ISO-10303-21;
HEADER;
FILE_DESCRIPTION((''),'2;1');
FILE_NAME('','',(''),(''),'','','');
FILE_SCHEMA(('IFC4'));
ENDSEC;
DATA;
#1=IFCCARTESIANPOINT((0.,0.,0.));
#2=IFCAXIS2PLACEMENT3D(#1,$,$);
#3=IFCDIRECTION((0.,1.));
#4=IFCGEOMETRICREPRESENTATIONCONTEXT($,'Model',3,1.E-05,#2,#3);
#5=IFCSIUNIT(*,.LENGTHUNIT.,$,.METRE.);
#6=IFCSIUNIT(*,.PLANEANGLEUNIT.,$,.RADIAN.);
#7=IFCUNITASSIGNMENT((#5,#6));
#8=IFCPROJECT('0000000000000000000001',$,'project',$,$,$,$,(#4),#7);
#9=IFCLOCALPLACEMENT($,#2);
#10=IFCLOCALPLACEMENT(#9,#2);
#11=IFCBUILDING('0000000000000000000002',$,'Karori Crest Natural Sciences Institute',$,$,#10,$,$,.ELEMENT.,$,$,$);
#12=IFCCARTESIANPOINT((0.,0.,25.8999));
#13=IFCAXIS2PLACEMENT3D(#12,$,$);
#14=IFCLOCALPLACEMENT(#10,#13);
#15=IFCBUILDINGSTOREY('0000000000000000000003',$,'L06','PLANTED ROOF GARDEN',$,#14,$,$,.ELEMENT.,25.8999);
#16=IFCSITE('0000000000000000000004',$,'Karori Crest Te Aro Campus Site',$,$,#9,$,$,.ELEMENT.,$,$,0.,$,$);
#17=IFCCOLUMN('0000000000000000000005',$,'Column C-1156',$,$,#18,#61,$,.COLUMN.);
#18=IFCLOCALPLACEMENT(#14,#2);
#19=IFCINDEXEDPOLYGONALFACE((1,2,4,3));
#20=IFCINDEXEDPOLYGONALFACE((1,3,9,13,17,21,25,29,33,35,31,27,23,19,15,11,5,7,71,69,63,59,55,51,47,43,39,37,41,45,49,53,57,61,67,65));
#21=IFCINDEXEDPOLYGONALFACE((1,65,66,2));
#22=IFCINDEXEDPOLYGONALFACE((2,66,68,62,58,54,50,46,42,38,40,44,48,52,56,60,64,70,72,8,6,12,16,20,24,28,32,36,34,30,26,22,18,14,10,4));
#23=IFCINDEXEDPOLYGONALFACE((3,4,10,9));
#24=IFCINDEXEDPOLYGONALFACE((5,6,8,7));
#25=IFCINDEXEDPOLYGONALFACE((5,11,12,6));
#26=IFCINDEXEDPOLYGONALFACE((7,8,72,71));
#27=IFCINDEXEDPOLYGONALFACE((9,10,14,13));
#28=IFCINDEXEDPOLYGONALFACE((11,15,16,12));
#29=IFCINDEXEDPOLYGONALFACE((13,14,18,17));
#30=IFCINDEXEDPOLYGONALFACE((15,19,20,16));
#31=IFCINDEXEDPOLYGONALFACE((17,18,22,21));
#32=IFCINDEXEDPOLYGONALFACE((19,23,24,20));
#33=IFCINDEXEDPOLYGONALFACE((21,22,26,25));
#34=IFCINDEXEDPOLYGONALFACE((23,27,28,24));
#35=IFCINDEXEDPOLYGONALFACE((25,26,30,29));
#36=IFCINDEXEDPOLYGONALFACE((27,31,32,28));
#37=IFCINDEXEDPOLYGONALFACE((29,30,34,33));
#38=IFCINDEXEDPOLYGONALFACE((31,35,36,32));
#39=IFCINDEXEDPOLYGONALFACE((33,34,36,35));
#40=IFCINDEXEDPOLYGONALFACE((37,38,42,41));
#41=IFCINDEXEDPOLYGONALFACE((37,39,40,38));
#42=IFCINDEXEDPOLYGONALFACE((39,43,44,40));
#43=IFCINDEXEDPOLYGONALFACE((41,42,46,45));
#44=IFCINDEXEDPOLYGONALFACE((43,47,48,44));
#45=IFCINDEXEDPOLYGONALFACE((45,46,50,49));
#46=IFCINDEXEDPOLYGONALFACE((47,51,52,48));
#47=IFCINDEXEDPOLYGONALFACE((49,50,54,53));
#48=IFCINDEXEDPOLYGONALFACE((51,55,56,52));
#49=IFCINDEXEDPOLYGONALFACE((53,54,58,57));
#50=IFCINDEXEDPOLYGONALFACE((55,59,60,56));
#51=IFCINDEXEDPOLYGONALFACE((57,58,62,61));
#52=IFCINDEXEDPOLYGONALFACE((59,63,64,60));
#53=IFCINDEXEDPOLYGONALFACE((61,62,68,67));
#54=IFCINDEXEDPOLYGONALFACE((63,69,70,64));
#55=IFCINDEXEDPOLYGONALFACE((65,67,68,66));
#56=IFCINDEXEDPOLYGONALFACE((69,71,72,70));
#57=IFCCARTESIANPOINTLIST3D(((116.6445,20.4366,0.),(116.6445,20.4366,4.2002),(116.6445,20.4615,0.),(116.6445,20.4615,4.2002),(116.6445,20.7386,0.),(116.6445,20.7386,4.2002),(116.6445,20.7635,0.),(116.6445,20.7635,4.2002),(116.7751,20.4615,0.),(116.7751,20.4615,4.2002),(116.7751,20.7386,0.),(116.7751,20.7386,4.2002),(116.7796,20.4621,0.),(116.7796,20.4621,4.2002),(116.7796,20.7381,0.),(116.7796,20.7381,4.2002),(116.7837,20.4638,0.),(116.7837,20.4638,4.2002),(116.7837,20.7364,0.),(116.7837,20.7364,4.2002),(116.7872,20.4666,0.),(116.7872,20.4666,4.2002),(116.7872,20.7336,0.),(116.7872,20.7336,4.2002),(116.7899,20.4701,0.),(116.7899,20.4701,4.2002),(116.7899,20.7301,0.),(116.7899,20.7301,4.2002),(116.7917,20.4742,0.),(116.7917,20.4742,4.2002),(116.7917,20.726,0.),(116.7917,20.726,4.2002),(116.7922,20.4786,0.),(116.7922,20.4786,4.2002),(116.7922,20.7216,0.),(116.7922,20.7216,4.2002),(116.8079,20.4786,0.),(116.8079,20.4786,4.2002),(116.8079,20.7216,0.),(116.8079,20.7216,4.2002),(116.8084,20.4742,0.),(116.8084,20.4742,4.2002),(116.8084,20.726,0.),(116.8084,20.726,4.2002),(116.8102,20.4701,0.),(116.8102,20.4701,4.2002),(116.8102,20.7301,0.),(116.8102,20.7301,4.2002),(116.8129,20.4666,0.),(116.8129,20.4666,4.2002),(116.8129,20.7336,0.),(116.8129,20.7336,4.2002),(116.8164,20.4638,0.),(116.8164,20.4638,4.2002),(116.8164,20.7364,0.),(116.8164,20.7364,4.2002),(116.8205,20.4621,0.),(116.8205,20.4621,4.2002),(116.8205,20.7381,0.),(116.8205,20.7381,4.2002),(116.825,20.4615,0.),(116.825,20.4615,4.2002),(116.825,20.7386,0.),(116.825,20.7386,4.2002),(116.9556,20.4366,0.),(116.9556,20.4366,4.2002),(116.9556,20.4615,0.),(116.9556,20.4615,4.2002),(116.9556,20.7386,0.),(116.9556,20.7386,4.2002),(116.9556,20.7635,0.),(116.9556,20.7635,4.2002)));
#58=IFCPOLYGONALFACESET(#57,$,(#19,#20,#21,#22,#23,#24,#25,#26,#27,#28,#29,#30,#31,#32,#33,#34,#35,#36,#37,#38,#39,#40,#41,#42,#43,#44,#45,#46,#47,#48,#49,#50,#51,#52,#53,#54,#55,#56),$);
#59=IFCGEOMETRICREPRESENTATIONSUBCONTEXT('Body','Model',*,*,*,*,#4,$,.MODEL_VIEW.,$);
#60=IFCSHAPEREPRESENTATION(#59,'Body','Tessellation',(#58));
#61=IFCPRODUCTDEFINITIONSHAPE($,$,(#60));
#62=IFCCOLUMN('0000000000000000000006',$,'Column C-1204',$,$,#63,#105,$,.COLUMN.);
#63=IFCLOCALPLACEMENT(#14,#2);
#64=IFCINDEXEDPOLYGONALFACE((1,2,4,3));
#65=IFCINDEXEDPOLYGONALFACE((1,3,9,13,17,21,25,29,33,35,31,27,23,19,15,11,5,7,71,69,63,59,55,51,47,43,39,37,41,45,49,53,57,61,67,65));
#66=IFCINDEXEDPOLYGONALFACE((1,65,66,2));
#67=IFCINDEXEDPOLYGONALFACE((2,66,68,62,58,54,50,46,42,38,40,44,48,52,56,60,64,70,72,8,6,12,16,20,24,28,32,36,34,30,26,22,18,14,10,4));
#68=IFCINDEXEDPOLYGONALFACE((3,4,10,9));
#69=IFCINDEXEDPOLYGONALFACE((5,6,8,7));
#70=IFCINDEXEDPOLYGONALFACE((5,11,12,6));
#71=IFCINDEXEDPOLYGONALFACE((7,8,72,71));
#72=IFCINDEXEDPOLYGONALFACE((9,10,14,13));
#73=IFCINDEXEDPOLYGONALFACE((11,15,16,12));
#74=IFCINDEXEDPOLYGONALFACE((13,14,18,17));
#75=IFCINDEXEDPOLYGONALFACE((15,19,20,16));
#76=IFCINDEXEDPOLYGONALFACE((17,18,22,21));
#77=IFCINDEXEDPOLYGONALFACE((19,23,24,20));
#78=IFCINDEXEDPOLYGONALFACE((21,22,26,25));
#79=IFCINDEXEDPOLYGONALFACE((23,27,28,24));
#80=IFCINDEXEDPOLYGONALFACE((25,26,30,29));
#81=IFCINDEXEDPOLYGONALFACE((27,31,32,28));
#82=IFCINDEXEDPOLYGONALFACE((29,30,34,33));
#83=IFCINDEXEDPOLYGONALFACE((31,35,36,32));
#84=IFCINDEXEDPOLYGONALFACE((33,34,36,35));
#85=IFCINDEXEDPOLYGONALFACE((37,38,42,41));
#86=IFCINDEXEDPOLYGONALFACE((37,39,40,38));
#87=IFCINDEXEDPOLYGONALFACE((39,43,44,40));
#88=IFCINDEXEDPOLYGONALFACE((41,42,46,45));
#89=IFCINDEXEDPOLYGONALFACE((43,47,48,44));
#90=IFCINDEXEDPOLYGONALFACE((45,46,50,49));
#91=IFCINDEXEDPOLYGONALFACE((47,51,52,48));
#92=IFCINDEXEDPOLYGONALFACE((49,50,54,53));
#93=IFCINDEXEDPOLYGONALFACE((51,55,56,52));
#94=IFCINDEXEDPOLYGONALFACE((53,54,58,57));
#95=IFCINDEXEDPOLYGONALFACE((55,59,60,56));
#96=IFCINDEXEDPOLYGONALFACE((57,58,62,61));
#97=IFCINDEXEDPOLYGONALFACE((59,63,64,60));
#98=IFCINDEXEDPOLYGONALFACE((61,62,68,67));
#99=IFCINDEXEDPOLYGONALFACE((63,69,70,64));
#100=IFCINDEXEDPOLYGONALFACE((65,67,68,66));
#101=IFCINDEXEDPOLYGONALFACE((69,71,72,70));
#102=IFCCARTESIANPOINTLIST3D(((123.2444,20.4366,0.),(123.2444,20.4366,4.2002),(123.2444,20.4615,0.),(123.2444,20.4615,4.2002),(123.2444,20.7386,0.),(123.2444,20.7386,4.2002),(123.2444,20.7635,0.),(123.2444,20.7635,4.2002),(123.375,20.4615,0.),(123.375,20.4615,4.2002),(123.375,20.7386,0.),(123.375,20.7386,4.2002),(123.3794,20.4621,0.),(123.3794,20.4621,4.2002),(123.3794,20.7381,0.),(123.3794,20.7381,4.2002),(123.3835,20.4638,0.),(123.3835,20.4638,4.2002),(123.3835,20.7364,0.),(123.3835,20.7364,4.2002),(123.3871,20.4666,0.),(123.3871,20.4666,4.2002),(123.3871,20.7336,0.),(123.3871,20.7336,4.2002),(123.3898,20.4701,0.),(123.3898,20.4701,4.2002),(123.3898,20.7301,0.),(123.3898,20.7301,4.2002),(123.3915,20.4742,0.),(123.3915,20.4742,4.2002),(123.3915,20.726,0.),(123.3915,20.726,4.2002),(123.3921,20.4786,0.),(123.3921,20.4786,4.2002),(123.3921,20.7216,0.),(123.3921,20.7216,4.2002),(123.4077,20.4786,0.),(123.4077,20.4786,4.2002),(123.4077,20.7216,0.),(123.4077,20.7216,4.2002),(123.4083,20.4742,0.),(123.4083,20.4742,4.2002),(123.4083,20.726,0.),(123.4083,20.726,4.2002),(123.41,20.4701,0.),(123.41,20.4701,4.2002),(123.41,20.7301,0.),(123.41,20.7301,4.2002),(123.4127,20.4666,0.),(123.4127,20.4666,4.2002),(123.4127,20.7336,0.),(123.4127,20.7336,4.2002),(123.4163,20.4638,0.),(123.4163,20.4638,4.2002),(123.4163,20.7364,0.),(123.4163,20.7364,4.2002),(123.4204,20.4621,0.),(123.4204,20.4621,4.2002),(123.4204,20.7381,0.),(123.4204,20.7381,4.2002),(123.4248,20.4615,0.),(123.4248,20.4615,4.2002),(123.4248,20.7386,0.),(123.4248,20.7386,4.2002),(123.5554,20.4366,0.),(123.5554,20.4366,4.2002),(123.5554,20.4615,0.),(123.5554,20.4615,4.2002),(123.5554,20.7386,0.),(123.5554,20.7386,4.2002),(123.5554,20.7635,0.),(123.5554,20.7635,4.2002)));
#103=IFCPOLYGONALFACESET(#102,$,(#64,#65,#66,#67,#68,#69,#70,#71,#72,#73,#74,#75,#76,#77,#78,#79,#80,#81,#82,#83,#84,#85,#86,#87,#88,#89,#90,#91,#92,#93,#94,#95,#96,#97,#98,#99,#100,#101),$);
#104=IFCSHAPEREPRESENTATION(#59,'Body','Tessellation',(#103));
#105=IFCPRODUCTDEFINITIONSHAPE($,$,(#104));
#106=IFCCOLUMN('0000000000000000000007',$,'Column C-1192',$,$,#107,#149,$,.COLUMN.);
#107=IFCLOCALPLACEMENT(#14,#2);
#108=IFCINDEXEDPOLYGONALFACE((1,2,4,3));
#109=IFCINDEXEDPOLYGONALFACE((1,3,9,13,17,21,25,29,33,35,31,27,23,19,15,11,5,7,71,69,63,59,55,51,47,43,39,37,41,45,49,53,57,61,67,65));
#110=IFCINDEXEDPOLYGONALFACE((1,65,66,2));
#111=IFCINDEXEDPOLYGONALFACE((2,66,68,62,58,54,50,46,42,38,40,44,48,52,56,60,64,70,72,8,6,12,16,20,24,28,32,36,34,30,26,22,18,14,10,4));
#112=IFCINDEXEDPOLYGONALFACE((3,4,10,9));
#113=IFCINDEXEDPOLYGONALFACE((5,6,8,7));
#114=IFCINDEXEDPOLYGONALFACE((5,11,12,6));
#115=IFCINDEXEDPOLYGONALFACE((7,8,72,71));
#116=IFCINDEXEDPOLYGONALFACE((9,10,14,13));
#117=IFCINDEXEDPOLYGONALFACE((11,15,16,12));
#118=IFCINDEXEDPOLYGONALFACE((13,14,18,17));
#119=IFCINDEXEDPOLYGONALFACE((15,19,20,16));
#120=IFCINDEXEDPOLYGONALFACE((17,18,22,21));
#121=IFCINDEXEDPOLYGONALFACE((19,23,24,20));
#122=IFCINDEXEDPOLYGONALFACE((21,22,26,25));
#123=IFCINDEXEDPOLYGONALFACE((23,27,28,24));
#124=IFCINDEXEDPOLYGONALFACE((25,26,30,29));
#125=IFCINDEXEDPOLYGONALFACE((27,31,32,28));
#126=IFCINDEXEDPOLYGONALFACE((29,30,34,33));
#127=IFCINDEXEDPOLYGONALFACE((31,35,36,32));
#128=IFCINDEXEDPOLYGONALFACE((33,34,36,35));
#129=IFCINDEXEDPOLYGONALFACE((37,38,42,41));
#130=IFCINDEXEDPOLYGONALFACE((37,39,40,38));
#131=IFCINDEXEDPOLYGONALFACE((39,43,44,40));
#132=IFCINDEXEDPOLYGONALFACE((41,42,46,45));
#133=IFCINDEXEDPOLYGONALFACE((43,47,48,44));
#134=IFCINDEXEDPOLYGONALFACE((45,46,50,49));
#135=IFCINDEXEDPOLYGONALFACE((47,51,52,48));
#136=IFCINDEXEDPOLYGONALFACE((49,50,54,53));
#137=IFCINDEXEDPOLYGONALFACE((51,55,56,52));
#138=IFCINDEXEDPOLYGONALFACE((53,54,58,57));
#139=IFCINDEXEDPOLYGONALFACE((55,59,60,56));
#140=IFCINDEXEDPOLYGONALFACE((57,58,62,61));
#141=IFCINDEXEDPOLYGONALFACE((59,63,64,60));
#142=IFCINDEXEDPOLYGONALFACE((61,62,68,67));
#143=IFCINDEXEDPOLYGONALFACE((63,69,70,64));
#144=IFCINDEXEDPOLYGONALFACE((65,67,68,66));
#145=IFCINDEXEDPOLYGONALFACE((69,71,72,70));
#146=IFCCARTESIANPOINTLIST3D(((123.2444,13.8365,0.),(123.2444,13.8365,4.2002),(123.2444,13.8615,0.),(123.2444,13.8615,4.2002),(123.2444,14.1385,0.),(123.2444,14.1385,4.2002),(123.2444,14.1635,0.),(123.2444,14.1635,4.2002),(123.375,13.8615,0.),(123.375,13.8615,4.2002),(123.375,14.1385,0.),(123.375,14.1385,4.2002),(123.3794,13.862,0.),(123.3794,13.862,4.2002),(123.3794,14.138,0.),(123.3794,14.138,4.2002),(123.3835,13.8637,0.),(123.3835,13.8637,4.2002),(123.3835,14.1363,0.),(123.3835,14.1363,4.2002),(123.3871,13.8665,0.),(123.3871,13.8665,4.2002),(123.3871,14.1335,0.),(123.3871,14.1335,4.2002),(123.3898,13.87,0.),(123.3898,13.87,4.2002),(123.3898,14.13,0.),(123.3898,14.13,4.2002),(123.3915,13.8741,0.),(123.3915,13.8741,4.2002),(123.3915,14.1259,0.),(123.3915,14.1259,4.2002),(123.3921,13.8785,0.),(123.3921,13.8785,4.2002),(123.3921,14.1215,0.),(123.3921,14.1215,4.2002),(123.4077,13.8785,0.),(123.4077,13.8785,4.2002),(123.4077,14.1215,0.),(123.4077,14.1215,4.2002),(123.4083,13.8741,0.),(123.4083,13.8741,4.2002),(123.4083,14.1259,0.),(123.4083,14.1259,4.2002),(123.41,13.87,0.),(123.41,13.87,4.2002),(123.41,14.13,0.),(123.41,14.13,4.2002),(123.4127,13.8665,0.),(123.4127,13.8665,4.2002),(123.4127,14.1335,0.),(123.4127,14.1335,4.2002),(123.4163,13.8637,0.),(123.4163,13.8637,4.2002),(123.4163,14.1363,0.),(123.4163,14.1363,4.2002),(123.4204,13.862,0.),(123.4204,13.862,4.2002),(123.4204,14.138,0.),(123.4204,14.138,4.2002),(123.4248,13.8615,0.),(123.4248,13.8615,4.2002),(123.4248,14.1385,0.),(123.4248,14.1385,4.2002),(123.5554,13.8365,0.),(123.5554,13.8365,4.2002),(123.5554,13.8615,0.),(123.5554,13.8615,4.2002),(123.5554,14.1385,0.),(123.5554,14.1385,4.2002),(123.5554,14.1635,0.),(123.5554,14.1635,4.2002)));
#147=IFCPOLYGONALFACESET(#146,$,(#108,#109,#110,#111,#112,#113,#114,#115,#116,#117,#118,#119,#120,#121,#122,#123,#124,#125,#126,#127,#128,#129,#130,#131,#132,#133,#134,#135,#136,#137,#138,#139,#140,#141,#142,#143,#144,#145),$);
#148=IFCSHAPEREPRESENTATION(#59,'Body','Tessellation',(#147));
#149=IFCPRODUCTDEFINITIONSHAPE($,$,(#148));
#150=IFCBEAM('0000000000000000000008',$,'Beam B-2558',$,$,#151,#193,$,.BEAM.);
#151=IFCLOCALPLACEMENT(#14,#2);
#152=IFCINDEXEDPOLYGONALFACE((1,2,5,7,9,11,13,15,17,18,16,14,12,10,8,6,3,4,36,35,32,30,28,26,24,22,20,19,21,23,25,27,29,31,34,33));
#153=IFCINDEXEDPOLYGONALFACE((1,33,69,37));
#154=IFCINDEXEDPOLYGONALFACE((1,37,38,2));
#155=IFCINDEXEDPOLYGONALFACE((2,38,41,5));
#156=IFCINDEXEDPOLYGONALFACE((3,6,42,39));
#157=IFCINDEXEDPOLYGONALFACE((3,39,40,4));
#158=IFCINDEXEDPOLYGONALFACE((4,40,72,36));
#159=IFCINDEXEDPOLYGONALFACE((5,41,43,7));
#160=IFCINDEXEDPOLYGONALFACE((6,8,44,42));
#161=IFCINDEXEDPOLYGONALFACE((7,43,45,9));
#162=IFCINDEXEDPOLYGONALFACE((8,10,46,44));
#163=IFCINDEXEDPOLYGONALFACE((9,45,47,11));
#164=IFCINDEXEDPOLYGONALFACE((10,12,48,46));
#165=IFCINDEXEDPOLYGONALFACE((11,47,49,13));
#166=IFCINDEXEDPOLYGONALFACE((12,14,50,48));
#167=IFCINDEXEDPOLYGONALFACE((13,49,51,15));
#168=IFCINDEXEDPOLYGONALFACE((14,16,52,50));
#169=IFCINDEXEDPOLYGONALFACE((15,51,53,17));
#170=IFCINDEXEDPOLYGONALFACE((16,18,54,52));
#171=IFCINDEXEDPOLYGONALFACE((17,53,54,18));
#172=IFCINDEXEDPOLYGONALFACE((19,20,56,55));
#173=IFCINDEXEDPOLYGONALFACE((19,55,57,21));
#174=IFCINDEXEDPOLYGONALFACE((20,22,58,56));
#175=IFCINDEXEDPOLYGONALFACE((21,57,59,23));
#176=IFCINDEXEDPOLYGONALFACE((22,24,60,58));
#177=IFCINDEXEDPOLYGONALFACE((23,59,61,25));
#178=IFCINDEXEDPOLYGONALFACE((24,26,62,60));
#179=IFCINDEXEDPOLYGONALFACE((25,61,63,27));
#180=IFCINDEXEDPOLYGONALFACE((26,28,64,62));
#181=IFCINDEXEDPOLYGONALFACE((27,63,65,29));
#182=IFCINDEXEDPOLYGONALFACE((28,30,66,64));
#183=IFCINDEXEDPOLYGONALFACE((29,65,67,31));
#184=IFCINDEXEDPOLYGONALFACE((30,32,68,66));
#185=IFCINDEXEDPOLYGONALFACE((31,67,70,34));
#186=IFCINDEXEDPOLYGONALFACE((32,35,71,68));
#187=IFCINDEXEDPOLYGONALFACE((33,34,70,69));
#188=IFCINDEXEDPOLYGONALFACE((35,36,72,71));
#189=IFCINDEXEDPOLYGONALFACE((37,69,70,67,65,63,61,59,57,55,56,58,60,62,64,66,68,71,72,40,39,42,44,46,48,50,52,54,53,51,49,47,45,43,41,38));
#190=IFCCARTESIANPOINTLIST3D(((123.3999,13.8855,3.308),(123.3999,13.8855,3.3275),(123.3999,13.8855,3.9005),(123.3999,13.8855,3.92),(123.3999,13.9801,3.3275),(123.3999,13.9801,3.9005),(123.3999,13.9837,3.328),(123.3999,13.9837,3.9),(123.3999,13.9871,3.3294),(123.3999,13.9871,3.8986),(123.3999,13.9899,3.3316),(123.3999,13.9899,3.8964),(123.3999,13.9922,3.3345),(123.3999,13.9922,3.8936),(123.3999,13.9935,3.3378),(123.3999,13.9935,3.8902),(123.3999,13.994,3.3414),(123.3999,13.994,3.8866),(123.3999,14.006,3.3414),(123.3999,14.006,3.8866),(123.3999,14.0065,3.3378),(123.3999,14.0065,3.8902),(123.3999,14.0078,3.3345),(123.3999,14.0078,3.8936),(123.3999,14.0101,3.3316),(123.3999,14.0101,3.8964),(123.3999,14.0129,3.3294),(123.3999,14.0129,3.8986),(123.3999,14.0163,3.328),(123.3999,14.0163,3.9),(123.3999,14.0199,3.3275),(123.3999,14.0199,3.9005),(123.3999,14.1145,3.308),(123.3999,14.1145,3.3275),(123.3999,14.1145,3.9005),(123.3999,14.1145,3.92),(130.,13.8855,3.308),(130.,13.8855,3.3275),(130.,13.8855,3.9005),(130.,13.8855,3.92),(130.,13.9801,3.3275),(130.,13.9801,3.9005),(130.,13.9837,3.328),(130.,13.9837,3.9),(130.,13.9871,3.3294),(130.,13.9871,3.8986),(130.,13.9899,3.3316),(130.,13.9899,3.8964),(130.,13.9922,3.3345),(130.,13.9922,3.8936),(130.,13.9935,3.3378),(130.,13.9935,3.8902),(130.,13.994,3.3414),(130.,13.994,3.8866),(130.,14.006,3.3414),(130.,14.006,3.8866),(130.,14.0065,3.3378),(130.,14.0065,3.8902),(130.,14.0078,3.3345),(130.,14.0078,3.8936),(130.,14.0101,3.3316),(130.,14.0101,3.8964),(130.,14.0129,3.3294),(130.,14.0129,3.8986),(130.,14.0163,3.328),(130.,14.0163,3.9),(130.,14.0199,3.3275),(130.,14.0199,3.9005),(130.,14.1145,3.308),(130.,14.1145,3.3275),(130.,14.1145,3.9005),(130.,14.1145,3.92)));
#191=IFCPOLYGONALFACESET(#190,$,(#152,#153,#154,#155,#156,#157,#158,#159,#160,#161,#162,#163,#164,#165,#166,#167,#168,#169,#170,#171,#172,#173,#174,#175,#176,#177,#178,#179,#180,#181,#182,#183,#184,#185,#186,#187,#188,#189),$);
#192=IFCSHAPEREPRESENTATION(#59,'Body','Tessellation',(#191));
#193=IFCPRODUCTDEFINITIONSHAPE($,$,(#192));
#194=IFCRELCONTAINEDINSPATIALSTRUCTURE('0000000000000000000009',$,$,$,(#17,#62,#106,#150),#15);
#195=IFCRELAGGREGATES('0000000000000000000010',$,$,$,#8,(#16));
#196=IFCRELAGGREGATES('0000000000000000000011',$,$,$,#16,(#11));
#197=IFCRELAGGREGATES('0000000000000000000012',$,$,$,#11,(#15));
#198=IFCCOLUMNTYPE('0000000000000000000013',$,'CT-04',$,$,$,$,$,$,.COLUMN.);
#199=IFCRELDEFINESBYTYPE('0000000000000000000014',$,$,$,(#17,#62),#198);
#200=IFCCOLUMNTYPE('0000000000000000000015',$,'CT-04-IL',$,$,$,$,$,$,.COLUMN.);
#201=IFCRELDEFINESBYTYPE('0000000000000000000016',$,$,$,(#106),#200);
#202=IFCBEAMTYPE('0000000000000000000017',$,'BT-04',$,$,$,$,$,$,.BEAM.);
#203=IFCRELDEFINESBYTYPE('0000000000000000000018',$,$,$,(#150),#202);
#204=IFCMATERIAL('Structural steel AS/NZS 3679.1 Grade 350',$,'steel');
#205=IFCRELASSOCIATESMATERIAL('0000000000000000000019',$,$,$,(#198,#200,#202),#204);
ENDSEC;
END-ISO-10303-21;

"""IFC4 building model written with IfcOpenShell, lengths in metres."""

from ifc_helpers import new_model, si_unit, direction, frame, origin, origin_2d, place, context, subcontext, project, spatial, i_section, extrude, material, material_profile, profile_set, type_object, element, save


model = new_model("IFC4")

# Units and contexts
model_context = context("Model", 3, precision=1e-05, world=origin(), true_north=direction((0.0, 1.0)))
body_context = subcontext(model_context, "Body", "Model", "MODEL_VIEW")
ifc_project = project(units=[si_unit("LENGTHUNIT", "METRE"), si_unit("PLANEANGLEUNIT", "RADIAN")], contexts=[model_context])

# Site, building, storey
site_placement = place(None, origin())
site = spatial("IfcSite", under=ifc_project, at=site_placement, Name="Karori Crest Te Aro Campus Site", CompositionType="ELEMENT", RefElevation=0.0)
building_placement = place(site_placement, origin())
building = spatial("IfcBuilding", under=site, at=building_placement, Name="Karori Crest Natural Sciences Institute", CompositionType="ELEMENT")
storey_placement = place(building_placement, frame((0.0, 0.0, 25.8999)))
storey = spatial("IfcBuildingStorey", under=building, at=storey_placement, Name="L06", Description="PLANTED ROOF GARDEN", CompositionType="ELEMENT", Elevation=25.8999)

# Columns
ifc_material_1 = material(Name="Structural steel AS/NZS 3679.1 Grade 350", Category="steel")
ifc_material_profile_1 = material_profile(ifc_material_1, i_section(OverallWidth=0.311, OverallDepth=0.3269, WebThickness=0.0156, FlangeThickness=0.0249, FilletRadius=0.0171, at=origin_2d()), Name="310UC158")
ifc_profile_set_1 = profile_set([ifc_material_profile_1], Name="Structural steel AS/NZS 3679.1 Grade 350")
column_type_1 = type_object("IfcColumnType", Name="CT-04", PredefinedType="COLUMN", material=ifc_profile_set_1)
for number, where, z_axis, x_axis, name in (
    (1, (116.8, 20.6001, 0.0), (0.0, 0.0, 1.0), (1.0, 0.0, 0.0), "Column C-1156"),
    (2, (123.3999, 20.6001, 0.0), (0.0, 0.0, 1.0), (1.0, 0.0, 0.0), "Column C-1204"),
):
    element("IfcColumn", number, at=place(storey_placement, frame(where, z_axis=z_axis, x_axis=x_axis)), inside=storey, type_object=column_type_1, Name=name, PredefinedType="COLUMN", context=body_context, shape_type="SweptSolid", body=[
        extrude(i_section(OverallWidth=0.311, OverallDepth=0.3269, WebThickness=0.0156, FlangeThickness=0.0249, FilletRadius=0.0171, at=origin_2d()), origin(), (0.0, 0.0, 1.0), 4.2002),
    ])
ifc_material_profile_2 = material_profile(ifc_material_1, i_section(OverallWidth=0.311, OverallDepth=0.3269, WebThickness=0.0156, FlangeThickness=0.0249, FilletRadius=0.0171, at=origin_2d()), Name="310UC158")
ifc_profile_set_2 = profile_set([ifc_material_profile_2], Name="Structural steel AS/NZS 3679.1 Grade 350")
column_type_2 = type_object("IfcColumnType", Name="CT-04-IL", PredefinedType="COLUMN", material=ifc_profile_set_2)
column_placement = place(storey_placement, frame((123.3999, 14.0, 0.0), z_axis=(0.0, 0.0, 1.0), x_axis=(1.0, 0.0, 0.0)))
element("IfcColumn", 3, at=column_placement, inside=storey, type_object=column_type_2, Name="Column C-1192", PredefinedType="COLUMN", context=body_context, shape_type="SweptSolid", body=[
    extrude(i_section(OverallWidth=0.311, OverallDepth=0.3269, WebThickness=0.0156, FlangeThickness=0.0249, FilletRadius=0.0171, at=origin_2d()), origin(), (0.0, 0.0, 1.0), 4.2002),
])

# Beam
ifc_material_profile_3 = material_profile(ifc_material_1, i_section(OverallWidth=0.229, OverallDepth=0.6121, WebThickness=0.012, FlangeThickness=0.0195, FilletRadius=0.0139, at=origin_2d()), Name="610UB125")
ifc_profile_set_3 = profile_set([ifc_material_profile_3], Name="Structural steel AS/NZS 3679.1 Grade 350")
beam_type_1 = type_object("IfcBeamType", Name="BT-04", PredefinedType="BEAM", material=ifc_profile_set_3)
beam_1_placement = place(storey_placement, frame((123.3999, 14.0, 3.614), z_axis=(1.0, 0.0, 0.0), x_axis=(0.0, 1.0, 0.0)))
element("IfcBeam", 4, at=beam_1_placement, inside=storey, type_object=beam_type_1, Name="Beam B-2558", PredefinedType="BEAM", context=body_context, shape_type="SweptSolid", body=[
    extrude(i_section(OverallWidth=0.229, OverallDepth=0.6121, WebThickness=0.012, FlangeThickness=0.0195, FilletRadius=0.0139, at=origin_2d()), origin(), (0.0, 0.0, 1.0), 6.6001),
])

save(model, "model.ifc")
